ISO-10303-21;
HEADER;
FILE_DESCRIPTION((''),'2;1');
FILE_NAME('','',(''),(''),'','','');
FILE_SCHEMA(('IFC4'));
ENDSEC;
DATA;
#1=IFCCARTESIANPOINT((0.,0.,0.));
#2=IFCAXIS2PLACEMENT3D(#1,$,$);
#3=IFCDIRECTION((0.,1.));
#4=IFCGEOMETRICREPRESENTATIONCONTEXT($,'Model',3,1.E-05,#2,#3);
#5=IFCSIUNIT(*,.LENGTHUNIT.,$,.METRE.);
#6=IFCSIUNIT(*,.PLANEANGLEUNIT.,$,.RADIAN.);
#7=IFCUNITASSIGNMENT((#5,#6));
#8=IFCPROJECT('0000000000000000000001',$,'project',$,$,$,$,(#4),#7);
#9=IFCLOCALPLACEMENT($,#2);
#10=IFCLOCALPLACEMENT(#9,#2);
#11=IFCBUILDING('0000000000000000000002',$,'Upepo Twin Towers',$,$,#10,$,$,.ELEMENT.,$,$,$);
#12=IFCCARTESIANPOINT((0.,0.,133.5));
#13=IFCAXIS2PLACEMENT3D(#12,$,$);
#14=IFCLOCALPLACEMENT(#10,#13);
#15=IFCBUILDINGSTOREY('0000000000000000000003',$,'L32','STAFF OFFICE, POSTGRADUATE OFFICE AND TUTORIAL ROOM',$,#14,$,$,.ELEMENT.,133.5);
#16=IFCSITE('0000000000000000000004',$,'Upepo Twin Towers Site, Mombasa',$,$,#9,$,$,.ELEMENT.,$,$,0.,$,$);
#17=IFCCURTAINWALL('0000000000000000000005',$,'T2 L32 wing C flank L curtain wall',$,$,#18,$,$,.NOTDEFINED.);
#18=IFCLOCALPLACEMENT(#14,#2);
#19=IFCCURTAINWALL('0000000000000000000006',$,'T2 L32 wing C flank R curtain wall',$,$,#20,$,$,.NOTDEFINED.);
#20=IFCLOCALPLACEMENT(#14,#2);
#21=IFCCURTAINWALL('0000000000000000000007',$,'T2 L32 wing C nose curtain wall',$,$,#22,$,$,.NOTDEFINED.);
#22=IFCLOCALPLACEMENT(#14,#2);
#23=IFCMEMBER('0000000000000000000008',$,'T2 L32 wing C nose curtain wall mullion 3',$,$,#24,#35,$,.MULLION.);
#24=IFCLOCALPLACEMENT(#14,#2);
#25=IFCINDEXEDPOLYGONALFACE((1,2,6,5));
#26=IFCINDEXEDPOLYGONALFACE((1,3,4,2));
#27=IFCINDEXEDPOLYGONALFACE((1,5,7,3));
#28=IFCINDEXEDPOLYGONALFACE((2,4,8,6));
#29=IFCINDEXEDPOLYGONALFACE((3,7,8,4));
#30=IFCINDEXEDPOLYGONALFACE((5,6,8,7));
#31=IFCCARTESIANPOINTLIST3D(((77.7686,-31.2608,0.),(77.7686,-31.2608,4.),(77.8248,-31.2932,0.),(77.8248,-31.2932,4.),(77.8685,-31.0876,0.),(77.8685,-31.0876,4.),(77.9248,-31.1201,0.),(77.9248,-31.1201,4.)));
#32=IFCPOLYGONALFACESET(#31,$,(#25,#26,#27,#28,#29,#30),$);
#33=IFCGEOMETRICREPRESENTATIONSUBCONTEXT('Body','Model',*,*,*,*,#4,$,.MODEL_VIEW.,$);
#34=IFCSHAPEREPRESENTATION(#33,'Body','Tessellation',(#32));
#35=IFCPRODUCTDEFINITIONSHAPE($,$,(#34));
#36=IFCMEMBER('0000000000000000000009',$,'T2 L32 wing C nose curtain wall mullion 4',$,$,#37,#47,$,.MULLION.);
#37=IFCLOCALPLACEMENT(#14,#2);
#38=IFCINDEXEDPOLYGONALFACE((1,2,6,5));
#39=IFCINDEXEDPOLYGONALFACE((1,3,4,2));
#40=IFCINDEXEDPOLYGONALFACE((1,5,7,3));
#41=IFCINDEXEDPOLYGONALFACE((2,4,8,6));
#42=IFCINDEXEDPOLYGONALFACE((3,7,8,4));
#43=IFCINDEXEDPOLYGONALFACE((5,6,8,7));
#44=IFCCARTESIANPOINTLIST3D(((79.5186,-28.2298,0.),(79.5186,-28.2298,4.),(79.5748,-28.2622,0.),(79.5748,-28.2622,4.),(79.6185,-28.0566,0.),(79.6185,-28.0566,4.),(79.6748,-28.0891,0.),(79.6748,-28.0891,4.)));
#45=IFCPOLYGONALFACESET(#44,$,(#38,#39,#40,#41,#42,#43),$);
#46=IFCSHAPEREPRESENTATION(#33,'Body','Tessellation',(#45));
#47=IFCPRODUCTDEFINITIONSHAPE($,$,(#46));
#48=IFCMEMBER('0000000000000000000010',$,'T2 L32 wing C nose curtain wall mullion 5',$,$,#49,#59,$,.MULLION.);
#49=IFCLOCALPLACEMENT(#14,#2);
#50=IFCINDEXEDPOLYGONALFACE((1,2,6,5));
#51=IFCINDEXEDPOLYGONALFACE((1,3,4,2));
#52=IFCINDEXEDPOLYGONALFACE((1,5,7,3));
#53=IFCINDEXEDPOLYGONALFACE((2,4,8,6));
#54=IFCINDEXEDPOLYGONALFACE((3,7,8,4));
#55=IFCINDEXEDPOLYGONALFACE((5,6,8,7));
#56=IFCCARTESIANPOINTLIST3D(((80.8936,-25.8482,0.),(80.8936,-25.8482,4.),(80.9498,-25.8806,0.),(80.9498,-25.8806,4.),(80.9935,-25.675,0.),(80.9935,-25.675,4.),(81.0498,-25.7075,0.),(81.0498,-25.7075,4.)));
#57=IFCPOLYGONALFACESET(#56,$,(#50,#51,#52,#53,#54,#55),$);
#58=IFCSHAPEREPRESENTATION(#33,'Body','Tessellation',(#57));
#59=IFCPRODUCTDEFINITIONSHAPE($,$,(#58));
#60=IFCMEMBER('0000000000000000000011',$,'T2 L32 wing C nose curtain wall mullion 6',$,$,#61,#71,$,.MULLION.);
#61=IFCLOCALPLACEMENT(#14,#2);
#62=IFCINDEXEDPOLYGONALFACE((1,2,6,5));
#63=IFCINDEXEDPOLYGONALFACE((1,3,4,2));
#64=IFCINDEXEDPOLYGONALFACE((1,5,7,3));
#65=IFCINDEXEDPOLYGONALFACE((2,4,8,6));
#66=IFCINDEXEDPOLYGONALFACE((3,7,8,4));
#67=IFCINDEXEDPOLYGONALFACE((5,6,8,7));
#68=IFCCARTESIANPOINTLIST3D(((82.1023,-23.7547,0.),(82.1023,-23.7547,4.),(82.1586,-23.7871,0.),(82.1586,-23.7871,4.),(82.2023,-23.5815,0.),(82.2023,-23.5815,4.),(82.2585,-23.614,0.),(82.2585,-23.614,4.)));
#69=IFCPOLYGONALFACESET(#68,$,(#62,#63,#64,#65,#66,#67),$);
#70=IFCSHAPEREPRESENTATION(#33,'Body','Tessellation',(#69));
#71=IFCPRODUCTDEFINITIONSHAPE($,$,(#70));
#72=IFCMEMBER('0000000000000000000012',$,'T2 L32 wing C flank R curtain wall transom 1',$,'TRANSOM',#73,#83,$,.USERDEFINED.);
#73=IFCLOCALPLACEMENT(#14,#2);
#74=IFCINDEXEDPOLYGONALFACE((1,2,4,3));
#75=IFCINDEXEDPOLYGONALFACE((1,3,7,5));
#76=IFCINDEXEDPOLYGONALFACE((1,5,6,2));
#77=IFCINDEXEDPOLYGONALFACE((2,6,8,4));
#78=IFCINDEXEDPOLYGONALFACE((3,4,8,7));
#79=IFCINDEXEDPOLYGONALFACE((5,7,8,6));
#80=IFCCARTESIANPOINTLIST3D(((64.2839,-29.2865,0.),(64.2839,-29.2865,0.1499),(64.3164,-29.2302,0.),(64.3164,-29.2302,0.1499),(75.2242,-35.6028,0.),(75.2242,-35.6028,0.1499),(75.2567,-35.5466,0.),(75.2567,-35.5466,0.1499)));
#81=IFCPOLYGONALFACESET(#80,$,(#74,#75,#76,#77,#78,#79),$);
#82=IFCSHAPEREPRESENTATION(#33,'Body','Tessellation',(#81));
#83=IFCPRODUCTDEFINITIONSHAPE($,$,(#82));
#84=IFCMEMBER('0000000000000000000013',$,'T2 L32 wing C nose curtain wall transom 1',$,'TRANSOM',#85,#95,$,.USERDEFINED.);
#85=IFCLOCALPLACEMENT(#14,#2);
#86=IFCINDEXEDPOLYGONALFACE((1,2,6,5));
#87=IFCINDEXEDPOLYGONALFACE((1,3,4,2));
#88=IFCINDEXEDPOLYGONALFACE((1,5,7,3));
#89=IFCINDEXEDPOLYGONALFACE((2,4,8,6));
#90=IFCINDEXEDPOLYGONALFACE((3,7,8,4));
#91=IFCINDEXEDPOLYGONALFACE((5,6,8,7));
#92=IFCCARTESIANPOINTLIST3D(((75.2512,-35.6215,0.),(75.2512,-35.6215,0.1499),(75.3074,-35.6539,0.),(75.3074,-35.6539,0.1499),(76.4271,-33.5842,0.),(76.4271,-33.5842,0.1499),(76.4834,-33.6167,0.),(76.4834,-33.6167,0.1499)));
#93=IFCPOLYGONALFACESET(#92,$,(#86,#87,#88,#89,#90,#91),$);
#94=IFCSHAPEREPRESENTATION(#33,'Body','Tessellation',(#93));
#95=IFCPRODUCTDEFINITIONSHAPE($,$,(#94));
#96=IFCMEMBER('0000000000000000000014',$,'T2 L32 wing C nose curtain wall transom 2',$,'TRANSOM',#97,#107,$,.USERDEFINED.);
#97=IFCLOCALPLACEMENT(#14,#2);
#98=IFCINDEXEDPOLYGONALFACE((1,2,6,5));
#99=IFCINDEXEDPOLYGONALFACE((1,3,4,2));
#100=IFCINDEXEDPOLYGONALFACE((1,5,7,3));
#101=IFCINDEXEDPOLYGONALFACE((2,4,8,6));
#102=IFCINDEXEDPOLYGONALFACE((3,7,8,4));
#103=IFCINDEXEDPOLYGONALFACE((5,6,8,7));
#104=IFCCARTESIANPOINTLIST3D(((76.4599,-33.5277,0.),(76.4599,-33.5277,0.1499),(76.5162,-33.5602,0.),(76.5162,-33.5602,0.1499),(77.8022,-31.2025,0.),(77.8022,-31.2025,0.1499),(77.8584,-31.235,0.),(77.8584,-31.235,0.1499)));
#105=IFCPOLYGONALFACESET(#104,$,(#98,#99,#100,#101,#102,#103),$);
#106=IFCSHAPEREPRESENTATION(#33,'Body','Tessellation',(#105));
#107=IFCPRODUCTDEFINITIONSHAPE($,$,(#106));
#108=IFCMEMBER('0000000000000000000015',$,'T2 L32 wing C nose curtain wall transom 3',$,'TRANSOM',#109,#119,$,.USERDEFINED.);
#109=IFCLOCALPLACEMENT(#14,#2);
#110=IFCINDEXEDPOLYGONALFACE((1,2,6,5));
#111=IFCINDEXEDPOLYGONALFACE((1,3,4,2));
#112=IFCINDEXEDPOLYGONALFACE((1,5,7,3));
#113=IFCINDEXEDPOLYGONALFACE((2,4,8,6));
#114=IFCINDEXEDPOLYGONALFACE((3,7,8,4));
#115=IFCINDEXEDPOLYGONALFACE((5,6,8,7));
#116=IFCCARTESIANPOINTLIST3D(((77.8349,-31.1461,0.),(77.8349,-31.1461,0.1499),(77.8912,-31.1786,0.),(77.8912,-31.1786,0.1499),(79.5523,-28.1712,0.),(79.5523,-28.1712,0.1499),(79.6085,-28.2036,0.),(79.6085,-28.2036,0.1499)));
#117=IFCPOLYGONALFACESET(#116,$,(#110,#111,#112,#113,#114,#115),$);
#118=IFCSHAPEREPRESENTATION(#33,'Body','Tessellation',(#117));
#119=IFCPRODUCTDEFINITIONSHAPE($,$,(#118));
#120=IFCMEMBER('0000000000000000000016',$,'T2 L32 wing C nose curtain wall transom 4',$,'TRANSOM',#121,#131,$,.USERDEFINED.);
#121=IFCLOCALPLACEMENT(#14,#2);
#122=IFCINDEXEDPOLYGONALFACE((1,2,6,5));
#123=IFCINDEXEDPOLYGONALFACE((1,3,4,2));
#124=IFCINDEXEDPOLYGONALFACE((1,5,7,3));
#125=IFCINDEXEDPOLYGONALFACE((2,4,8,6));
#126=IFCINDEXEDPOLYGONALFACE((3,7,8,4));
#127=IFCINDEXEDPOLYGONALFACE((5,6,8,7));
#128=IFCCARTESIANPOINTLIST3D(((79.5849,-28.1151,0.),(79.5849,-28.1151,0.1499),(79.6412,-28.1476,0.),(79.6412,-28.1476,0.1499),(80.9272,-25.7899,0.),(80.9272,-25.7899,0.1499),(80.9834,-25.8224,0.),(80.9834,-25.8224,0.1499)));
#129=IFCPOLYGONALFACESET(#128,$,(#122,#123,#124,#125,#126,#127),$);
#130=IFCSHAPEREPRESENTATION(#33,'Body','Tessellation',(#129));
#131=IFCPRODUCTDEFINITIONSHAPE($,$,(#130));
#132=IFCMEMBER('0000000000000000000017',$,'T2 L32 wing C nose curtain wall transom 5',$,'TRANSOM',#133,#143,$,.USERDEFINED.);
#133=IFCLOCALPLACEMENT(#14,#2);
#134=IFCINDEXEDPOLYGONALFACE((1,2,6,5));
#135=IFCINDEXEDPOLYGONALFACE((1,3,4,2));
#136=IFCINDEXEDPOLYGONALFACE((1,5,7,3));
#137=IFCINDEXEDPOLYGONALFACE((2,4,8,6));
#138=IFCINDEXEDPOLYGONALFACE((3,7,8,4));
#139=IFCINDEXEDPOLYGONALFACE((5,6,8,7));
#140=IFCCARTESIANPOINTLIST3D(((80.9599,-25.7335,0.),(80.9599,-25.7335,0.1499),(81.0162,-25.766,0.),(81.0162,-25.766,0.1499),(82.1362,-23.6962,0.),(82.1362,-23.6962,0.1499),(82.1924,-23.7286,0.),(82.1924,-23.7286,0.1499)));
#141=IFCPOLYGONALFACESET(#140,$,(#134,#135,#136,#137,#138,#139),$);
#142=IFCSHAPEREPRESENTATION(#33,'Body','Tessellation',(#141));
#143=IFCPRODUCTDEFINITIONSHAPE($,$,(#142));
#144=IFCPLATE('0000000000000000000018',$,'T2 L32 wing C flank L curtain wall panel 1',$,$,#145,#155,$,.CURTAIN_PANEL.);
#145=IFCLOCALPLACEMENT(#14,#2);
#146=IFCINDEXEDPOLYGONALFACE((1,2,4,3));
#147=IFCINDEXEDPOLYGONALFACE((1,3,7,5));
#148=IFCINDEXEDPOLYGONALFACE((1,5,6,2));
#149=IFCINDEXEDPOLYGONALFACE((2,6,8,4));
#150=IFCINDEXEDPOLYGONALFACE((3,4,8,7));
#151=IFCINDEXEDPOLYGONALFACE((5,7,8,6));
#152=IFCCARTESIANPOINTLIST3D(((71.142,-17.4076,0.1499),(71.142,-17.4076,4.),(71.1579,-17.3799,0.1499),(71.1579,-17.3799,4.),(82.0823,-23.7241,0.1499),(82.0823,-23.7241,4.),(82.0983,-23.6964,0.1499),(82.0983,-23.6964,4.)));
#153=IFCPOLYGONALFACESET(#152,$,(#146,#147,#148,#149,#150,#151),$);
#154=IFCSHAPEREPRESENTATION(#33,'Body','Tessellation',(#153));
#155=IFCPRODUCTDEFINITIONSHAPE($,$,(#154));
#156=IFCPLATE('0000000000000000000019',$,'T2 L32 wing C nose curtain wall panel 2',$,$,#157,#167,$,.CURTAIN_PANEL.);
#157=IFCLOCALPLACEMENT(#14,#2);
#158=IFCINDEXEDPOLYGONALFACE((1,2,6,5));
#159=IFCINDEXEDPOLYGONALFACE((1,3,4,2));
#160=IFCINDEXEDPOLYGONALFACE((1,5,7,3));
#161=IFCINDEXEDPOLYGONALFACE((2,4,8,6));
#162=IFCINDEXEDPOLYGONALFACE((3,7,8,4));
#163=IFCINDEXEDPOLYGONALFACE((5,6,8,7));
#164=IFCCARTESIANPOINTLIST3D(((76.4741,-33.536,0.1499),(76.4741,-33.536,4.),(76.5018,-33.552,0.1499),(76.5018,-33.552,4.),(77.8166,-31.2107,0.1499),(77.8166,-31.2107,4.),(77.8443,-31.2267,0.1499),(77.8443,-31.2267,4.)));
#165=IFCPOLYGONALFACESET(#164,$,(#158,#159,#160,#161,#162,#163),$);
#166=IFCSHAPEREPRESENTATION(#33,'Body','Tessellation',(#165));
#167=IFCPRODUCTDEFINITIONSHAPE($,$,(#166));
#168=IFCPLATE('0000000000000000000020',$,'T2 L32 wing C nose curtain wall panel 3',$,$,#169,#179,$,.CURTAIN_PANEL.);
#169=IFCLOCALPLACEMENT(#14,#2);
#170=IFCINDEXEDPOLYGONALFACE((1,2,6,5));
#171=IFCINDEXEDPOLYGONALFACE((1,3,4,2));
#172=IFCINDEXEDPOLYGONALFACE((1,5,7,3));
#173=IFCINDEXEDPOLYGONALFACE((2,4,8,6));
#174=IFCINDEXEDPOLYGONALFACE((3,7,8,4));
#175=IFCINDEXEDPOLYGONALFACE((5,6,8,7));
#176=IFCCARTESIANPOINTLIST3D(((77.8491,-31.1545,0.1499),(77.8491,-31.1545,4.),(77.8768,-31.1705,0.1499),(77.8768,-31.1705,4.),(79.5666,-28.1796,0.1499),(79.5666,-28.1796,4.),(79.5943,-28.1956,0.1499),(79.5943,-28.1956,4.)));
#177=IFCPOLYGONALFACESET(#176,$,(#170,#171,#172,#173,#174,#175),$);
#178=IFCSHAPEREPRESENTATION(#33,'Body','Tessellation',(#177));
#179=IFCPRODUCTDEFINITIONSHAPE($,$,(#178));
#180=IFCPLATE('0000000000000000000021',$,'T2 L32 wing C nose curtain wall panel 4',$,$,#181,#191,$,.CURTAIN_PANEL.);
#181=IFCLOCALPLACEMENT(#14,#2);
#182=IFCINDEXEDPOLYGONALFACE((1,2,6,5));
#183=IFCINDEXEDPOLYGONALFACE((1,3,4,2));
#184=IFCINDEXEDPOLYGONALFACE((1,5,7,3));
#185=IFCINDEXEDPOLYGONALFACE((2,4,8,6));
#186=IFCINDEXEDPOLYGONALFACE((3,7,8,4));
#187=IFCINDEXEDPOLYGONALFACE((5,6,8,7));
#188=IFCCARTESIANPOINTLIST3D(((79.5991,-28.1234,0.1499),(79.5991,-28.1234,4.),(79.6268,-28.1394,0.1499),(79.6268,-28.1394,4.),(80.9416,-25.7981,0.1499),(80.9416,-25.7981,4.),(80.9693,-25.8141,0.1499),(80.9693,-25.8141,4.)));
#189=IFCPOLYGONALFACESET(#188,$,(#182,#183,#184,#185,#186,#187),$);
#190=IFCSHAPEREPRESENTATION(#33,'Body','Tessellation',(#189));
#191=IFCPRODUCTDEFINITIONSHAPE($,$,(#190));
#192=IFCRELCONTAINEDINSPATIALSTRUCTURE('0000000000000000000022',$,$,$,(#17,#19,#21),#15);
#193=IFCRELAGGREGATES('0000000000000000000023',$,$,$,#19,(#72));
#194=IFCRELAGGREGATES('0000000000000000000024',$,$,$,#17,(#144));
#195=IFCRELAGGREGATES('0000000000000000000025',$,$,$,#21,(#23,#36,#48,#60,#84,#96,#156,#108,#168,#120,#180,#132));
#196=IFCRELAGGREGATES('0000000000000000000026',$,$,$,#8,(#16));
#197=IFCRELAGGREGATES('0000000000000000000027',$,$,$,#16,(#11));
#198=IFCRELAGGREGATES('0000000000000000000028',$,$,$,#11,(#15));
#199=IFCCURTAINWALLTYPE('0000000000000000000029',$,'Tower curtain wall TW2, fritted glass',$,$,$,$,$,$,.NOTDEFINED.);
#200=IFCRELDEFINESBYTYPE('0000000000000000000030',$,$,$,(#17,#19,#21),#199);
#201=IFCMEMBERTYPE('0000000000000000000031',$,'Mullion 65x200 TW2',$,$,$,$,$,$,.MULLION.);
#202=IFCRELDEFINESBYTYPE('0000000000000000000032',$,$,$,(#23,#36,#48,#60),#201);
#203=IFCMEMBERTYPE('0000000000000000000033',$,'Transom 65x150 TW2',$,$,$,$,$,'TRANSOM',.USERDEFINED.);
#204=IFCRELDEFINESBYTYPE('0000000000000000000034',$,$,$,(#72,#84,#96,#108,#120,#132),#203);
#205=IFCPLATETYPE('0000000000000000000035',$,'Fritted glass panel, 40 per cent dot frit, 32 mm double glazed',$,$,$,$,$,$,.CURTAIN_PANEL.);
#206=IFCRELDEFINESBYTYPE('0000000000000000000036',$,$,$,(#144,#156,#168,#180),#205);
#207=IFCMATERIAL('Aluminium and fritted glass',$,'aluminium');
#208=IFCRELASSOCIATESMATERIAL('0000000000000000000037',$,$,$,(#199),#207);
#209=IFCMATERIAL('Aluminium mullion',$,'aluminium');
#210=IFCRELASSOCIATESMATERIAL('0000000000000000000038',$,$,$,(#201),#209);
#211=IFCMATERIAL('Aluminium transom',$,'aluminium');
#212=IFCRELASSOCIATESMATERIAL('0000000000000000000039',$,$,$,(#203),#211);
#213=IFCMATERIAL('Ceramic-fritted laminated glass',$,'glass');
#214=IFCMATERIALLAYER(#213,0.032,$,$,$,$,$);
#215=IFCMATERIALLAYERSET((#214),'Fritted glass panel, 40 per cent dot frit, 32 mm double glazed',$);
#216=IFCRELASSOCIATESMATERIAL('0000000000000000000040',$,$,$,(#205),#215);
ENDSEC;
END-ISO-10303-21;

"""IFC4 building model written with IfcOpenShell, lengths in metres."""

from ifc_helpers import new_model, si_unit, direction, frame, origin, origin_2d, place, context, subcontext, project, spatial, rectangle, extrude, material, layer, layer_set, material_profile, profile_set, type_object, element, aggregate, save


model = new_model("IFC4")

# Units and contexts
model_context = context("Model", 3, precision=1e-05, world=origin(), true_north=direction((0.0, 1.0)))
body_context = subcontext(model_context, "Body", "Model", "MODEL_VIEW")
ifc_project = project(units=[si_unit("LENGTHUNIT", "METRE"), si_unit("PLANEANGLEUNIT", "RADIAN")], contexts=[model_context])

# Site, building, storey
site_placement = place(None, origin())
site = spatial("IfcSite", under=ifc_project, at=site_placement, Name="Upepo Twin Towers Site, Mombasa", CompositionType="ELEMENT", RefElevation=0.0)
building_placement = place(site_placement, origin())
building = spatial("IfcBuilding", under=site, at=building_placement, Name="Upepo Twin Towers", CompositionType="ELEMENT")
storey_placement = place(building_placement, frame((0.0, 0.0, 133.5)))
storey = spatial("IfcBuildingStorey", under=building, at=storey_placement, Name="L32", Description="STAFF OFFICE, POSTGRADUATE OFFICE AND TUTORIAL ROOM", CompositionType="ELEMENT", Elevation=133.5)

# Curtain walls
ifc_material_1 = material(Name="Aluminium and fritted glass", Category="aluminium")
curtain_wall_type = type_object("IfcCurtainWallType", Name="Tower curtain wall TW2, fritted glass", PredefinedType="NOTDEFINED", material=ifc_material_1)
curtain_wall_1_placement = place(storey_placement, origin())
curtain_wall_1 = element("IfcCurtainWall", 1, at=curtain_wall_1_placement, inside=storey, type_object=curtain_wall_type, Name="T2 L32 wing C flank L curtain wall", PredefinedType="NOTDEFINED")
ifc_material_2 = material(Name="Aluminium mullion", Category="aluminium")
ifc_material_profile_1 = material_profile(ifc_material_2, rectangle(XDim=0.0649, YDim=0.2, at=origin_2d()), Name="MULLION 65x200")
ifc_profile_set_1 = profile_set([ifc_material_profile_1], Name="Aluminium mullion")
member_type_1 = type_object("IfcMemberType", Name="Mullion 65x200 TW2", PredefinedType="MULLION", material=ifc_profile_set_1)
curtain_wall_2_placement = place(storey_placement, origin())
curtain_wall_2 = element("IfcCurtainWall", 2, at=curtain_wall_2_placement, inside=storey, type_object=curtain_wall_type, Name="T2 L32 wing C flank R curtain wall", PredefinedType="NOTDEFINED")

# Curtain wall, members
curtain_wall_3_placement = place(storey_placement, origin())
curtain_wall_3 = element("IfcCurtainWall", 3, at=curtain_wall_3_placement, inside=storey, type_object=curtain_wall_type, Name="T2 L32 wing C nose curtain wall", PredefinedType="NOTDEFINED")
member_1_placement = place(storey_placement, frame((77.8467, -31.1904, 0.0), z_axis=(0.0, 0.0, 1.0), x_axis=(-0.866025, 0.5, 0.0)))
member_1 = element("IfcMember", 4, at=member_1_placement, type_object=member_type_1, Name="T2 L32 wing C nose curtain wall mullion 3", PredefinedType="MULLION", context=body_context, shape_type="SweptSolid", body=[
    extrude(rectangle(XDim=0.0649, YDim=0.2, at=origin_2d()), origin(), (0.0, 0.0, 1.0), 4.0),
])
member_2_placement = place(storey_placement, frame((79.5967, -28.1594, 0.0), z_axis=(0.0, 0.0, 1.0), x_axis=(-0.866025, 0.5, 0.0)))
member_2 = element("IfcMember", 5, at=member_2_placement, type_object=member_type_1, Name="T2 L32 wing C nose curtain wall mullion 4", PredefinedType="MULLION", context=body_context, shape_type="SweptSolid", body=[
    extrude(rectangle(XDim=0.0649, YDim=0.2, at=origin_2d()), origin(), (0.0, 0.0, 1.0), 4.0),
])
member_3_placement = place(storey_placement, frame((80.9717, -25.7778, 0.0), z_axis=(0.0, 0.0, 1.0), x_axis=(-0.866025, 0.5, 0.0)))
member_3 = element("IfcMember", 6, at=member_3_placement, type_object=member_type_1, Name="T2 L32 wing C nose curtain wall mullion 5", PredefinedType="MULLION", context=body_context, shape_type="SweptSolid", body=[
    extrude(rectangle(XDim=0.0649, YDim=0.2, at=origin_2d()), origin(), (0.0, 0.0, 1.0), 4.0),
])
member_4_placement = place(storey_placement, frame((82.1804, -23.6843, 0.0), z_axis=(0.0, 0.0, 1.0), x_axis=(-0.866025, 0.5, 0.0)))
member_4 = element("IfcMember", 7, at=member_4_placement, type_object=member_type_1, Name="T2 L32 wing C nose curtain wall mullion 6", PredefinedType="MULLION", context=body_context, shape_type="SweptSolid", body=[
    extrude(rectangle(XDim=0.0649, YDim=0.2, at=origin_2d()), origin(), (0.0, 0.0, 1.0), 4.0),
])

# Members
ifc_material_3 = material(Name="Aluminium transom", Category="aluminium")
ifc_material_profile_2 = material_profile(ifc_material_3, rectangle(XDim=0.0649, YDim=0.1499, at=origin_2d()), Name="TRANSOM 65x150")
ifc_profile_set_2 = profile_set([ifc_material_profile_2], Name="Aluminium transom")
member_type_2 = type_object("IfcMemberType", Name="Transom 65x150 TW2", ElementType="TRANSOM", PredefinedType="USERDEFINED", material=ifc_profile_set_2)
member_5_placement = place(storey_placement, frame((75.2405, -35.5747, 0.075), z_axis=(-0.866027, 0.499997, 0.0), x_axis=(-0.499997, -0.866027, 0.0)))
member_5 = element("IfcMember", 8, at=member_5_placement, type_object=member_type_2, Name="T2 L32 wing C flank R curtain wall transom 1", ObjectType="TRANSOM", PredefinedType="USERDEFINED", context=body_context, shape_type="SweptSolid", body=[
    extrude(rectangle(XDim=0.0649, YDim=0.1499, at=origin_2d()), origin(), (0.0, 0.0, 1.0), 12.6328),
])
aggregate(curtain_wall_2, [member_5])
member_6_placement = place(storey_placement, frame((75.2793, -35.6377, 0.075), z_axis=(0.499923, 0.86607, 0.0), x_axis=(-0.86607, 0.499923, 0.0)))
member_6 = element("IfcMember", 9, at=member_6_placement, type_object=member_type_2, Name="T2 L32 wing C nose curtain wall transom 1", ObjectType="TRANSOM", PredefinedType="USERDEFINED", context=body_context, shape_type="SweptSolid", body=[
    extrude(rectangle(XDim=0.0649, YDim=0.1499, at=origin_2d()), origin(), (0.0, 0.0, 1.0), 2.3523),
])
member_7_placement = place(storey_placement, frame((76.488, -33.5439, 0.075), z_axis=(0.499953, 0.866052, 0.0), x_axis=(-0.866052, 0.499953, 0.0)))
member_7 = element("IfcMember", 10, at=member_7_placement, type_object=member_type_2, Name="T2 L32 wing C nose curtain wall transom 2", ObjectType="TRANSOM", PredefinedType="USERDEFINED", context=body_context, shape_type="SweptSolid", body=[
    extrude(rectangle(XDim=0.0649, YDim=0.1499, at=origin_2d()), origin(), (0.0, 0.0, 1.0), 2.6848),
])
member_8_placement = place(storey_placement, frame((77.863, -31.1624, 0.075), z_axis=(0.499946, 0.866057, 0.0), x_axis=(-0.866057, 0.499946, 0.0)))
member_8 = element("IfcMember", 11, at=member_8_placement, type_object=member_type_2, Name="T2 L32 wing C nose curtain wall transom 3", ObjectType="TRANSOM", PredefinedType="USERDEFINED", context=body_context, shape_type="SweptSolid", body=[
    extrude(rectangle(XDim=0.0649, YDim=0.1499, at=origin_2d()), origin(), (0.0, 0.0, 1.0), 3.4351),
])
member_9_placement = place(storey_placement, frame((79.613, -28.1313, 0.075), z_axis=(0.499953, 0.866052, 0.0), x_axis=(-0.866052, 0.499953, 0.0)))
member_9 = element("IfcMember", 12, at=member_9_placement, type_object=member_type_2, Name="T2 L32 wing C nose curtain wall transom 4", ObjectType="TRANSOM", PredefinedType="USERDEFINED", context=body_context, shape_type="SweptSolid", body=[
    extrude(rectangle(XDim=0.0649, YDim=0.1499, at=origin_2d()), origin(), (0.0, 0.0, 1.0), 2.6848),
])
member_10_placement = place(storey_placement, frame((80.988, -25.7498, 0.075), z_axis=(0.500001, 0.866025, 0.0), x_axis=(-0.866025, 0.500001, 0.0)))
member_10 = element("IfcMember", 13, at=member_10_placement, type_object=member_type_2, Name="T2 L32 wing C nose curtain wall transom 5", ObjectType="TRANSOM", PredefinedType="USERDEFINED", context=body_context, shape_type="SweptSolid", body=[
    extrude(rectangle(XDim=0.0649, YDim=0.1499, at=origin_2d()), origin(), (0.0, 0.0, 1.0), 2.3525),
])

# Plates
ifc_material_4 = material(Name="Ceramic-fritted laminated glass", Category="glass")
ifc_layer_1 = layer(ifc_material_4, 0.032)
ifc_layer_set_1 = layer_set([ifc_layer_1], Name="Fritted glass panel, 40 per cent dot frit, 32 mm double glazed")
plate_type_1 = type_object("IfcPlateType", Name="Fritted glass panel, 40 per cent dot frit, 32 mm double glazed", PredefinedType="CURTAIN_PANEL", material=ifc_layer_set_1)
plate_1_placement = place(storey_placement, frame((76.6201, -20.552, 0.1499), z_axis=(0.0, 0.0, 1.0), x_axis=(0.866025, -0.5, 0.0)))
plate_1 = element("IfcPlate", 14, at=plate_1_placement, type_object=plate_type_1, Name="T2 L32 wing C flank L curtain wall panel 1", PredefinedType="CURTAIN_PANEL", context=body_context, shape_type="SweptSolid", body=[
    extrude(rectangle(XDim=12.6328, YDim=0.032, at=origin_2d()), origin(), (0.0, 0.0, 1.0), 3.8501),
])
aggregate(curtain_wall_1, [plate_1])
plate_2_placement = place(storey_placement, frame((77.1592, -32.3813, 0.1499), z_axis=(0.0, 0.0, 1.0), x_axis=(0.5, 0.866025, 0.0)))
plate_2 = element("IfcPlate", 15, at=plate_2_placement, type_object=plate_type_1, Name="T2 L32 wing C nose curtain wall panel 2", PredefinedType="CURTAIN_PANEL", context=body_context, shape_type="SweptSolid", body=[
    extrude(rectangle(XDim=2.6851, YDim=0.032, at=origin_2d()), origin(), (0.0, 0.0, 1.0), 3.8501),
])
plate_3_placement = place(storey_placement, frame((78.7217, -29.675, 0.1499), z_axis=(0.0, 0.0, 1.0), x_axis=(0.5, 0.866025, 0.0)))
plate_3 = element("IfcPlate", 16, at=plate_3_placement, type_object=plate_type_1, Name="T2 L32 wing C nose curtain wall panel 3", PredefinedType="CURTAIN_PANEL", context=body_context, shape_type="SweptSolid", body=[
    extrude(rectangle(XDim=3.4351, YDim=0.032, at=origin_2d()), origin(), (0.0, 0.0, 1.0), 3.8501),
])
plate_4_placement = place(storey_placement, frame((80.2842, -26.9688, 0.1499), z_axis=(0.0, 0.0, 1.0), x_axis=(0.5, 0.866025, 0.0)))
plate_4 = element("IfcPlate", 17, at=plate_4_placement, type_object=plate_type_1, Name="T2 L32 wing C nose curtain wall panel 4", PredefinedType="CURTAIN_PANEL", context=body_context, shape_type="SweptSolid", body=[
    extrude(rectangle(XDim=2.6851, YDim=0.032, at=origin_2d()), origin(), (0.0, 0.0, 1.0), 3.8501),
])
aggregate(curtain_wall_3, [member_1, member_2, member_3, member_4, member_6, member_7, plate_2, member_8, plate_3, member_9, plate_4, member_10])

save(model, "model.ifc")
